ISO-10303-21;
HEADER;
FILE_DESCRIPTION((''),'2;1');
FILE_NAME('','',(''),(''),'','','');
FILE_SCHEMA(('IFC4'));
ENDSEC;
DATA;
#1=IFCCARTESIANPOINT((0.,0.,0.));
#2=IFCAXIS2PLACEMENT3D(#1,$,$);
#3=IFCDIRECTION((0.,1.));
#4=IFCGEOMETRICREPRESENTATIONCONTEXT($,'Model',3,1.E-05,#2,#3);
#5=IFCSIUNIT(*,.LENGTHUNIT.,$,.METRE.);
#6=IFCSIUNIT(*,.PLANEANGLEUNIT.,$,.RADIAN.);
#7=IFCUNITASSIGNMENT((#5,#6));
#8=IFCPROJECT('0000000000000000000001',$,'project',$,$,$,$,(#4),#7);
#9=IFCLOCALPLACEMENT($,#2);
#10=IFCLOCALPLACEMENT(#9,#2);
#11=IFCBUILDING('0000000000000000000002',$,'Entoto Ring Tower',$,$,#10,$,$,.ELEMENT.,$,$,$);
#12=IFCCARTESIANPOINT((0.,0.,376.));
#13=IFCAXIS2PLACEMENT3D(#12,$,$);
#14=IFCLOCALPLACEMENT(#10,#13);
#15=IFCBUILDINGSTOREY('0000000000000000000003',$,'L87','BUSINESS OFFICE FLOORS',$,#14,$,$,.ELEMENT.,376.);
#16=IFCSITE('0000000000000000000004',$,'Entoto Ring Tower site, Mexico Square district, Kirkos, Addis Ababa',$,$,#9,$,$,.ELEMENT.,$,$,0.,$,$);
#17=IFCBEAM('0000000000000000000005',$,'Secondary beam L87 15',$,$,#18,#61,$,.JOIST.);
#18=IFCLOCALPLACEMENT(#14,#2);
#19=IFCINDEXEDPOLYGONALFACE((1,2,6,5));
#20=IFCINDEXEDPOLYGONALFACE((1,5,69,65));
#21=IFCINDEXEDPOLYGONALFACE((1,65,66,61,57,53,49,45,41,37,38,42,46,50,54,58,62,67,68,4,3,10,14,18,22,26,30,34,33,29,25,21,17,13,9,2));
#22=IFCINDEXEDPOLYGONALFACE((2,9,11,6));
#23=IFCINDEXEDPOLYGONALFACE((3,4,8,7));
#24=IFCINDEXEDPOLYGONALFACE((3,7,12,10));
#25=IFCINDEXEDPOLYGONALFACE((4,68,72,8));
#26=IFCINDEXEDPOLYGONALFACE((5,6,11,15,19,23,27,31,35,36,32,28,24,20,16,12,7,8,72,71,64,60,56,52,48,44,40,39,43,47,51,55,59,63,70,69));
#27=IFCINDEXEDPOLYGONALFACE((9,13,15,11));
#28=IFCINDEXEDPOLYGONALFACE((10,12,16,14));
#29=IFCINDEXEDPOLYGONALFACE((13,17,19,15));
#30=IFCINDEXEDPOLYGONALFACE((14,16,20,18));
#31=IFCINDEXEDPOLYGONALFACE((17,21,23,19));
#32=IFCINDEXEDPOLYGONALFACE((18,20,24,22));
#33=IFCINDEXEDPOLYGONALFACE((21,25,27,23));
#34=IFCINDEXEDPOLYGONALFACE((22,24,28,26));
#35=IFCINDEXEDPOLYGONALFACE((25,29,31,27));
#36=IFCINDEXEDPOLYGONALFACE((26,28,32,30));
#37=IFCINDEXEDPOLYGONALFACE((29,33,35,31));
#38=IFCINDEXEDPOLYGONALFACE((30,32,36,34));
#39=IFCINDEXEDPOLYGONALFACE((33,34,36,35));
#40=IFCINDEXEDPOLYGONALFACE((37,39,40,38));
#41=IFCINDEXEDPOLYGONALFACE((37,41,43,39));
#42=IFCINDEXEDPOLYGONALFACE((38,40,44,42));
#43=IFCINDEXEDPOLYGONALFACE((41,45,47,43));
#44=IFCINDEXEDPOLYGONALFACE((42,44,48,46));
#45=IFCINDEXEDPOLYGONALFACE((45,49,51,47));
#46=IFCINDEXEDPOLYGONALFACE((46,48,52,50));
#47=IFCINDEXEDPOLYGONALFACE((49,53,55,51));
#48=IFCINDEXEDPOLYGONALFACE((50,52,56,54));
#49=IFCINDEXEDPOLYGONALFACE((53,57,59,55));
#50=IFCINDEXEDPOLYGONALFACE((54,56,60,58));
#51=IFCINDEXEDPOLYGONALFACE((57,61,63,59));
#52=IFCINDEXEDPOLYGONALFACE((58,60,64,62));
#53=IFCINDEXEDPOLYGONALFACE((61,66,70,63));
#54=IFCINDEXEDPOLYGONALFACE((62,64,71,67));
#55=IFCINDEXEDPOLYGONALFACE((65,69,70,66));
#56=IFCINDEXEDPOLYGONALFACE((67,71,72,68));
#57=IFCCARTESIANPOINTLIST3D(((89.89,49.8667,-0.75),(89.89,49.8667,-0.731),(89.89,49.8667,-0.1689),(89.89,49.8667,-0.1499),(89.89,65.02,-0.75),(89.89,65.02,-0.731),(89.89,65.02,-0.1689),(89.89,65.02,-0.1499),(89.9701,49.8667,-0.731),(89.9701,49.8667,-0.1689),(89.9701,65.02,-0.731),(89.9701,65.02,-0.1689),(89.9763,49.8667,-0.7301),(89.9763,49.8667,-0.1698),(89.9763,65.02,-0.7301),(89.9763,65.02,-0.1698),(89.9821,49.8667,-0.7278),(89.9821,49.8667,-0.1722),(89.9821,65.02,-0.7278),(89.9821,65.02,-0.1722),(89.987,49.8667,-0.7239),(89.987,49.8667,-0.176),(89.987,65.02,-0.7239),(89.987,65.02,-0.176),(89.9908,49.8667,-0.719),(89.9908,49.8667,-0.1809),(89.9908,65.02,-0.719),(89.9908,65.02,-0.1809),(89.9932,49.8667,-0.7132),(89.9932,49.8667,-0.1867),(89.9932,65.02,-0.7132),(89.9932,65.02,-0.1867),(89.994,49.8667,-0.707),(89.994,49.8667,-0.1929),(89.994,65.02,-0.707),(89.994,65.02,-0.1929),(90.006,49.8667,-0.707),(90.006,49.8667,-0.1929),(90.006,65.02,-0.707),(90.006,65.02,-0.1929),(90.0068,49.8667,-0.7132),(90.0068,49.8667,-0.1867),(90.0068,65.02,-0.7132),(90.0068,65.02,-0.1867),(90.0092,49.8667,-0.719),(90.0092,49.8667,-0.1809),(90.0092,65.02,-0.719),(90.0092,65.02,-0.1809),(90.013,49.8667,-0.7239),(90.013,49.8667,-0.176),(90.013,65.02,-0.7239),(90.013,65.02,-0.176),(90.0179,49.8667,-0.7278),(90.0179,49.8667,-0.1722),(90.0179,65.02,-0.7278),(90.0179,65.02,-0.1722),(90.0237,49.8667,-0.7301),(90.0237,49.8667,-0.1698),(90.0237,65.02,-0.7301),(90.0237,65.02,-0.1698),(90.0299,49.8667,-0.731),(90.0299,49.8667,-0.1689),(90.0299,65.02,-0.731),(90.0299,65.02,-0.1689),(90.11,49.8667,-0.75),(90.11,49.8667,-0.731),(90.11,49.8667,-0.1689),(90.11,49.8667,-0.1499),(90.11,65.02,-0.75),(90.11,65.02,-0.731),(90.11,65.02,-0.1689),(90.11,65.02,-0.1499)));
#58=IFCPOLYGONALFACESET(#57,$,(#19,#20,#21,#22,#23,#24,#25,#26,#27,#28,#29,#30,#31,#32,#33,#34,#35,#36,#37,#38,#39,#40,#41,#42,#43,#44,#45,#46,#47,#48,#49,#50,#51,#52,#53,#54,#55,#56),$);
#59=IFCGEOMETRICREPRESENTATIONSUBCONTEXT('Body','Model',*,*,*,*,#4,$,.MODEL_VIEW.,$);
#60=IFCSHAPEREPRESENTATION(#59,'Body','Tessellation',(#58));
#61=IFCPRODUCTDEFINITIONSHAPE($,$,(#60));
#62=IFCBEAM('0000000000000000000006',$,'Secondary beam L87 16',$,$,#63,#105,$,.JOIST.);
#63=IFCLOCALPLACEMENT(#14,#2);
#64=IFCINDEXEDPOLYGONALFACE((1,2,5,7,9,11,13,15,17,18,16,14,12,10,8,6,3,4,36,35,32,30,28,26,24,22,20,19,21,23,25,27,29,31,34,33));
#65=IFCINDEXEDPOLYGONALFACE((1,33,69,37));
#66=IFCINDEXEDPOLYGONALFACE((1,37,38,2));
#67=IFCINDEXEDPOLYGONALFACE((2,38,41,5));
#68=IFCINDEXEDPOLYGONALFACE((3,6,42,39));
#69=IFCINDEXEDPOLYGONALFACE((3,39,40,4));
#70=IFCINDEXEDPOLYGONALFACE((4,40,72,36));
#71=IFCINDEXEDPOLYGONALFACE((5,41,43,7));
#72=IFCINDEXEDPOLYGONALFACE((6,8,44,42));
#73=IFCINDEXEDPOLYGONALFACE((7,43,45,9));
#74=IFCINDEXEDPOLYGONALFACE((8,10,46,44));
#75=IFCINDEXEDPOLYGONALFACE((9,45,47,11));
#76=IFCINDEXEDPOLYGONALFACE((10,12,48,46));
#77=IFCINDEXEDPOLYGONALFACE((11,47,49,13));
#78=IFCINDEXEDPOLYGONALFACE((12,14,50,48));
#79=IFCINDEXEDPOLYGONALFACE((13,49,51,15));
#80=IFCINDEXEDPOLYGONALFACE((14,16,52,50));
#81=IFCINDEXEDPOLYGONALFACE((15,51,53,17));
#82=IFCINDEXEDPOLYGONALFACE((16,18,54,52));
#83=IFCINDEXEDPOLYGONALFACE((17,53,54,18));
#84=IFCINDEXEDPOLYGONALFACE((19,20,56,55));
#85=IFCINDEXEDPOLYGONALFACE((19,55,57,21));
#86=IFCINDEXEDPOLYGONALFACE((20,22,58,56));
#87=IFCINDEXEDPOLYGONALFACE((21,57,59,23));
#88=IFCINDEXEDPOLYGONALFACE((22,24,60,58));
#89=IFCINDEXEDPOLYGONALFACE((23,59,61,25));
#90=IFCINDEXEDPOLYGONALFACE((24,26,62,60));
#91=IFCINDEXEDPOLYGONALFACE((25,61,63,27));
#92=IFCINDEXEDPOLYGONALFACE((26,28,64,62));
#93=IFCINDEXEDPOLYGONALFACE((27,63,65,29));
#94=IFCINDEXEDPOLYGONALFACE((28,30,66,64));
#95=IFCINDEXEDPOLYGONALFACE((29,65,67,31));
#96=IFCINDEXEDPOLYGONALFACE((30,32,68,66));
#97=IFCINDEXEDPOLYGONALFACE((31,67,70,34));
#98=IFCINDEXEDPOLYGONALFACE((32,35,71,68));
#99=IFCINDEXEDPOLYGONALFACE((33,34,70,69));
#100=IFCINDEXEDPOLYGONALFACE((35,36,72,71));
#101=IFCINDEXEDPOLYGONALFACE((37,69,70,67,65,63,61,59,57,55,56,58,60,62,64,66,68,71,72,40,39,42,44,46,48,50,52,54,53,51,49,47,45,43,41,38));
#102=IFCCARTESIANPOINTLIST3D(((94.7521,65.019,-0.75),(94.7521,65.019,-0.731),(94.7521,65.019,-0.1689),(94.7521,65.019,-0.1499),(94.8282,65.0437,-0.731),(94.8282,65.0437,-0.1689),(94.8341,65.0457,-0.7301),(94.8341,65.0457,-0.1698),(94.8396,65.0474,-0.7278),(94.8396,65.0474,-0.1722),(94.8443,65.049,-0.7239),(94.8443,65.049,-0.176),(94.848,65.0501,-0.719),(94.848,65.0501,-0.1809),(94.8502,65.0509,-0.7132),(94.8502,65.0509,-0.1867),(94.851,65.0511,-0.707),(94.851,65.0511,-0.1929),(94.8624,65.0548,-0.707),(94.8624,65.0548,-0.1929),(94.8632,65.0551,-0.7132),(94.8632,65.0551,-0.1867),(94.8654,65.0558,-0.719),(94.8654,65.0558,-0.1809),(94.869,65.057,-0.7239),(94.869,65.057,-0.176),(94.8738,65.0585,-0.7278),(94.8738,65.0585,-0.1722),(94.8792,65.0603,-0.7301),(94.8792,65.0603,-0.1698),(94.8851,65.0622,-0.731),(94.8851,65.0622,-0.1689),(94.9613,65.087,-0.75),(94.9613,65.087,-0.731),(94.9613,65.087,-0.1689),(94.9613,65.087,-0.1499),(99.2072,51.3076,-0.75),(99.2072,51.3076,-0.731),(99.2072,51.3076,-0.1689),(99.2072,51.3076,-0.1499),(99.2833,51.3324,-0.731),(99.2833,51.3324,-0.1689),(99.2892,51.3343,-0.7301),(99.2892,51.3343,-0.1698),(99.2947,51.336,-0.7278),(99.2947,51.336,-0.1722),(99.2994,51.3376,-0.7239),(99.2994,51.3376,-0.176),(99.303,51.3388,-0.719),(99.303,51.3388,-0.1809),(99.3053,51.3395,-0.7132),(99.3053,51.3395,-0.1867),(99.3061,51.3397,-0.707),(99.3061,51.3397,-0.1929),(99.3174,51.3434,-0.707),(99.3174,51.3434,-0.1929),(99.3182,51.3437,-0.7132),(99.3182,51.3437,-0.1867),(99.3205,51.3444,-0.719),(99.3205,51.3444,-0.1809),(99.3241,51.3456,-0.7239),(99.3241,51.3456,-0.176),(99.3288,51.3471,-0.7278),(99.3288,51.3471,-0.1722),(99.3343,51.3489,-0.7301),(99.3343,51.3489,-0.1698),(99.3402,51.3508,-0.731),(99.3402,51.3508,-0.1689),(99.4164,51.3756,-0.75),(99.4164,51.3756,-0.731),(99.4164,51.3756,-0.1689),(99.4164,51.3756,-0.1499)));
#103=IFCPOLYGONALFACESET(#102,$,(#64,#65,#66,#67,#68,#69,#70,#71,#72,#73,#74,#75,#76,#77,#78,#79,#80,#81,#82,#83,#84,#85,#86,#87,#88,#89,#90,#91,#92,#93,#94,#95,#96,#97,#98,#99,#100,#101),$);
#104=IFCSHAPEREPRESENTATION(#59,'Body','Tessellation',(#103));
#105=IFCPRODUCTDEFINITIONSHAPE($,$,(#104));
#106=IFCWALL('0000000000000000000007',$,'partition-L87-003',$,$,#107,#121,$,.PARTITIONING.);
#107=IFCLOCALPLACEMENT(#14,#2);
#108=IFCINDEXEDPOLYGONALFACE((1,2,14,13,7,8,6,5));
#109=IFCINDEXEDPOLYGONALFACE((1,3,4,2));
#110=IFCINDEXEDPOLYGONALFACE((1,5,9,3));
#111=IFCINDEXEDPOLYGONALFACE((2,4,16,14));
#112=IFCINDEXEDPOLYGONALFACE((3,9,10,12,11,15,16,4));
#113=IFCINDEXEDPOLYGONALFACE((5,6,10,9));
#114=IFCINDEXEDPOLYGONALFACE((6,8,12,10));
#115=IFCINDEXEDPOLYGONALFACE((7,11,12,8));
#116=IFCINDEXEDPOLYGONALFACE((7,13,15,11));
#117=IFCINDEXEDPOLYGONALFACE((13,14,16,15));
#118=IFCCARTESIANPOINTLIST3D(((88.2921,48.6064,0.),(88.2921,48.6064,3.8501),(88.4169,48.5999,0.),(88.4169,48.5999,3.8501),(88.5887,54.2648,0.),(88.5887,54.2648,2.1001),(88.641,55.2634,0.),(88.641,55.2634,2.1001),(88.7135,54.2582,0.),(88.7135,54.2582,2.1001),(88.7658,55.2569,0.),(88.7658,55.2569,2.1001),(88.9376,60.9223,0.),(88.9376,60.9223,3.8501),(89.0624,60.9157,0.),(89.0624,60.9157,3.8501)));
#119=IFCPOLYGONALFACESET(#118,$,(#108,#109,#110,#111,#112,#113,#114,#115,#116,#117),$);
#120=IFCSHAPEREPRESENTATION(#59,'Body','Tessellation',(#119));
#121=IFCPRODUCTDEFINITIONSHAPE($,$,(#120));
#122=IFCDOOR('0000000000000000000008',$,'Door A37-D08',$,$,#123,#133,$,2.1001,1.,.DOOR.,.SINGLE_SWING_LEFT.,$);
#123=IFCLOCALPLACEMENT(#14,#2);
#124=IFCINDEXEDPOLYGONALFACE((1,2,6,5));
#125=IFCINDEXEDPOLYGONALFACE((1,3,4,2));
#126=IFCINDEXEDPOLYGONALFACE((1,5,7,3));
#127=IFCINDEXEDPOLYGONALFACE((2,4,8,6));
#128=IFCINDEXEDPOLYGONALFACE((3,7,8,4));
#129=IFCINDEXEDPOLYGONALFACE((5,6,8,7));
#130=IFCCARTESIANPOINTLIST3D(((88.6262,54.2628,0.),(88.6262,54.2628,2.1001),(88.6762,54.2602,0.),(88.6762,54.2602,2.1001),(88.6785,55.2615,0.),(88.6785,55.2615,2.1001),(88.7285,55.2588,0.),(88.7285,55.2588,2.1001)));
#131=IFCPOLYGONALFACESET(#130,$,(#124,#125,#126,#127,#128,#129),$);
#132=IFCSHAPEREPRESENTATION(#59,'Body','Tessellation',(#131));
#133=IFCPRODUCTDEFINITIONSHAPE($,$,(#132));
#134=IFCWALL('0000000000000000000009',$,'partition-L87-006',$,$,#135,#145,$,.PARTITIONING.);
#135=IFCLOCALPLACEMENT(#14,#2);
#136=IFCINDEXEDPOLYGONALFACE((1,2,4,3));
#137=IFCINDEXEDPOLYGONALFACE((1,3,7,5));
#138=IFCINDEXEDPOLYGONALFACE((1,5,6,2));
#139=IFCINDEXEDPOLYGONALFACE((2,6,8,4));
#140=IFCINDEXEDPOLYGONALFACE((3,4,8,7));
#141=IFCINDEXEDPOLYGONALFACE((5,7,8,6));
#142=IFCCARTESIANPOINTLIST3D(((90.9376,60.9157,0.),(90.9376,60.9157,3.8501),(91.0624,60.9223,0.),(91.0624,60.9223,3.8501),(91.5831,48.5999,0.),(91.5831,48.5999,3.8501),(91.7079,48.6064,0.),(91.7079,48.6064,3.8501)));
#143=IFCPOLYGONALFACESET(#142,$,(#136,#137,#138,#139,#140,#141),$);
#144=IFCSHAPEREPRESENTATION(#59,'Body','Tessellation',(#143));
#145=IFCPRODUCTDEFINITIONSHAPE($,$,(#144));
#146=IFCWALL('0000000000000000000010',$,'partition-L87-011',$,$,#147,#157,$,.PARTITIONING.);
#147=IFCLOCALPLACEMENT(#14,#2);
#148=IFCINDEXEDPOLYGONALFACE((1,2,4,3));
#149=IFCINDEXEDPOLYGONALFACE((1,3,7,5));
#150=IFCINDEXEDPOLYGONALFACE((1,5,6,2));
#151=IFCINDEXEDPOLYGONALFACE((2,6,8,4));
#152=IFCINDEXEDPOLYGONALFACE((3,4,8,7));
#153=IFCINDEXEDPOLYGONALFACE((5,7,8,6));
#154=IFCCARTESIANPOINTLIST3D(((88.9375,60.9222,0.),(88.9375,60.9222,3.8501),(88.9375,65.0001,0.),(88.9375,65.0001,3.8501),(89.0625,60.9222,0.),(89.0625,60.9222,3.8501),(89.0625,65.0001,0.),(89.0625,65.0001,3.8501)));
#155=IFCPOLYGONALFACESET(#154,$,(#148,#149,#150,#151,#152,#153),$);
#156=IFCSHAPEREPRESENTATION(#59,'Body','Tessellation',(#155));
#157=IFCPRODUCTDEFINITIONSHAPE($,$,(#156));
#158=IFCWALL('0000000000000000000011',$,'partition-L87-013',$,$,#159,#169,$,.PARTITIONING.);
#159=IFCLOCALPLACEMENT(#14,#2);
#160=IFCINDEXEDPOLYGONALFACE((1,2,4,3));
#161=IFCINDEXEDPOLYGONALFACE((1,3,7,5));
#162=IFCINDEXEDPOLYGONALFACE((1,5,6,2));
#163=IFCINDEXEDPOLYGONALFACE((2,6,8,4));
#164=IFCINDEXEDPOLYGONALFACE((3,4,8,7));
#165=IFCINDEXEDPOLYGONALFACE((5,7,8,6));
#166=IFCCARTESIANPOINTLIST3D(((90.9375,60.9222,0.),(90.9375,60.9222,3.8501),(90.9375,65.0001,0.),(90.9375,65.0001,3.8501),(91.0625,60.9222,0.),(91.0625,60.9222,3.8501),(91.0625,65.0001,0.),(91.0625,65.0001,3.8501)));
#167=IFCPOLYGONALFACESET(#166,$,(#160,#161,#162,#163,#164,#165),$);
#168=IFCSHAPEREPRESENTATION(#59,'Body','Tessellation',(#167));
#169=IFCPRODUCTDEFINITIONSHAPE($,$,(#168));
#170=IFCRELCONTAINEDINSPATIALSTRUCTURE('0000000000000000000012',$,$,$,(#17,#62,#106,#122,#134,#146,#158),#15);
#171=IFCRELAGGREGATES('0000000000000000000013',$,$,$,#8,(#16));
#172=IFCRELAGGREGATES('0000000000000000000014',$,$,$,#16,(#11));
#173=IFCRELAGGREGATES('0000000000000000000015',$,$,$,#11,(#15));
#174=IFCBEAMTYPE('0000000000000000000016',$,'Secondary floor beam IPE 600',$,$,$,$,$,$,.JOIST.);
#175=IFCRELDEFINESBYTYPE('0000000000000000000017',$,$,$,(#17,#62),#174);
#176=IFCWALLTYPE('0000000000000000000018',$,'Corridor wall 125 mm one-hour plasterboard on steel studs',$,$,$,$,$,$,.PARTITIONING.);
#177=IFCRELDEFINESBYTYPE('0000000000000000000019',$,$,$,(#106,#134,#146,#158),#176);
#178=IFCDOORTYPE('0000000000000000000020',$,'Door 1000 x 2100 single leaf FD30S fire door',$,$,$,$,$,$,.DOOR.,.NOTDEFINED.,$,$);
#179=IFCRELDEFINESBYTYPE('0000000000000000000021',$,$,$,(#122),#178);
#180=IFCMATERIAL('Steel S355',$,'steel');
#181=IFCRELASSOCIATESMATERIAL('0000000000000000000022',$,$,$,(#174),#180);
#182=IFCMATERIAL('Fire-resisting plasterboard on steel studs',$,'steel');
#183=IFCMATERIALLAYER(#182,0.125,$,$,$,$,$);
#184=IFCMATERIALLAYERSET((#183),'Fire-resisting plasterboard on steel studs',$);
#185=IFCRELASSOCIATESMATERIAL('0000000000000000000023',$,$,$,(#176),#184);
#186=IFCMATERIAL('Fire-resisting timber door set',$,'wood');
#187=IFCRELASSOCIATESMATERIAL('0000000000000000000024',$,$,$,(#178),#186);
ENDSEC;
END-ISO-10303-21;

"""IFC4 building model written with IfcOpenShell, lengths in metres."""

from ifc_helpers import new_model, si_unit, direction, frame, frame_2d, origin, origin_2d, place, context, subcontext, project, spatial, rectangle, i_section, extrude, material, layer, layer_set, material_profile, profile_set, type_object, element, fill, save


model = new_model("IFC4")

# Units and contexts
model_context = context("Model", 3, precision=1e-05, world=origin(), true_north=direction((0.0, 1.0)))
body_context = subcontext(model_context, "Body", "Model", "MODEL_VIEW")
ifc_project = project(units=[si_unit("LENGTHUNIT", "METRE"), si_unit("PLANEANGLEUNIT", "RADIAN")], contexts=[model_context])

# Site, building, storey
site_placement = place(None, origin())
site = spatial("IfcSite", under=ifc_project, at=site_placement, Name="Entoto Ring Tower site, Mexico Square district, Kirkos, Addis Ababa", CompositionType="ELEMENT", RefElevation=0.0)
building_placement = place(site_placement, origin())
building = spatial("IfcBuilding", under=site, at=building_placement, Name="Entoto Ring Tower", CompositionType="ELEMENT")
storey_placement = place(building_placement, frame((0.0, 0.0, 376.0)))
storey = spatial("IfcBuildingStorey", under=building, at=storey_placement, Name="L87", Description="BUSINESS OFFICE FLOORS", CompositionType="ELEMENT", Elevation=376.0)

# Beams
ifc_material_1 = material(Name="Steel S355", Category="steel")
ifc_material_profile_1 = material_profile(ifc_material_1, i_section(OverallWidth=0.22, OverallDepth=0.6001, WebThickness=0.012, FlangeThickness=0.019, FilletRadius=0.0239, at=origin_2d()), Name="IPE 600")
ifc_profile_set_1 = profile_set([ifc_material_profile_1], Name="Steel S355")
beam_type_1 = type_object("IfcBeamType", Name="Secondary floor beam IPE 600", PredefinedType="JOIST", material=ifc_profile_set_1)
beam_1_placement = place(storey_placement, frame((90.0, 65.02, -0.45), z_axis=(0.0, -1.0, 0.0), x_axis=(1.0, 0.0, 0.0)))
element("IfcBeam", 1, at=beam_1_placement, inside=storey, type_object=beam_type_1, Name="Secondary beam L87 15", PredefinedType="JOIST", context=body_context, shape_type="SweptSolid", body=[
    extrude(i_section(OverallWidth=0.22, OverallDepth=0.6001, WebThickness=0.012, FlangeThickness=0.019, FilletRadius=0.0239, at=origin_2d()), origin(), (0.0, 0.0, 1.0), 15.1533),
])
beam_2_placement = place(storey_placement, frame((94.8567, 65.053, -0.45), z_axis=(0.309015, -0.951057, 0.0), x_axis=(0.951057, 0.309015, 0.0)))
element("IfcBeam", 2, at=beam_2_placement, inside=storey, type_object=beam_type_1, Name="Secondary beam L87 16", PredefinedType="JOIST", context=body_context, shape_type="SweptSolid", body=[
    extrude(i_section(OverallWidth=0.22, OverallDepth=0.6001, WebThickness=0.012, FlangeThickness=0.019, FilletRadius=0.0239, at=origin_2d()), origin(), (0.0, 0.0, 1.0), 14.417),
])

# Wall, opening, door
ifc_material_2 = material(Name="Fire-resisting plasterboard on steel studs", Category="steel")
ifc_layer = layer(ifc_material_2, 0.125)
ifc_layer_set = layer_set([ifc_layer], Name="Fire-resisting plasterboard on steel studs")
wall_type = type_object("IfcWallType", Name="Corridor wall 125 mm one-hour plasterboard on steel studs", PredefinedType="PARTITIONING", material=ifc_layer_set)
wall_1_placement = place(storey_placement, frame((88.3545, 48.603, 0.0), z_axis=(0.0, 0.0, 1.0), x_axis=(0.052341, 0.998629, 0.0)))
wall_1 = element("IfcWall", 3, at=wall_1_placement, inside=storey, type_object=wall_type, Name="partition-L87-003", PredefinedType="PARTITIONING", context=body_context, shape_type="SweptSolid", body=[
    extrude(rectangle(XDim=12.3328, YDim=0.125, at=frame_2d((6.1665, 0.0))), origin(), (0.0, 0.0, 1.0), 3.8501),
])
opening_placement = place(wall_1_placement, frame((5.6663, 0.0, 0.0)))
opening = element("IfcOpeningElement", 4, at=opening_placement, cuts=wall_1, PredefinedType="OPENING", context=body_context, shape_type="SweptSolid", body=[
    extrude(rectangle(XDim=1.0, YDim=2.1001, at=frame_2d((0.5, 1.05))), frame((0.0, 0.0725, 0.0), z_axis=(0.0, -1.0, 0.0), x_axis=(1.0, 0.0, 0.0)), (0.0, 0.0, 1.0), 0.145),
])
ifc_material_3 = material(Name="Fire-resisting timber door set", Category="wood")
door_type = type_object("IfcDoorType", Name="Door 1000 x 2100 single leaf FD30S fire door", OperationType="NOTDEFINED", PredefinedType="DOOR", material=ifc_material_3)
door_placement = place(opening_placement, origin())
door = element("IfcDoor", 5, at=door_placement, inside=storey, type_object=door_type, Name="Door A37-D08", OperationType="SINGLE_SWING_LEFT", OverallHeight=2.1001, OverallWidth=1.0, PredefinedType="DOOR", context=body_context, shape_type="SweptSolid", body=[
    extrude(rectangle(XDim=1.0, YDim=2.1001, at=frame_2d((0.5, 1.05))), frame((0.0, 0.0249, 0.0), z_axis=(0.0, -1.0, 0.0), x_axis=(1.0, 0.0, 0.0)), (0.0, 0.0, 1.0), 0.05),
])
fill(opening, door)

# Walls
wall_2_placement = place(storey_placement, frame((91.6455, 48.603, 0.0), z_axis=(0.0, 0.0, 1.0), x_axis=(-0.052341, 0.998629, 0.0)))
element("IfcWall", 6, at=wall_2_placement, inside=storey, type_object=wall_type, Name="partition-L87-006", PredefinedType="PARTITIONING", context=body_context, shape_type="SweptSolid", body=[
    extrude(rectangle(XDim=12.3328, YDim=0.125, at=frame_2d((6.1665, 0.0))), origin(), (0.0, 0.0, 1.0), 3.8501),
])
for number, where, z_axis, x_axis, name in (
    (7, (89.0, 60.9221, 0.0), (0.0, 0.0, 1.0), (0.0, 1.0, 0.0), "partition-L87-011"),
    (8, (91.0, 60.9221, 0.0), (0.0, 0.0, 1.0), (0.0, 1.0, 0.0), "partition-L87-013"),
):
    element("IfcWall", number, at=place(storey_placement, frame(where, z_axis=z_axis, x_axis=x_axis)), inside=storey, type_object=wall_type, Name=name, PredefinedType="PARTITIONING", context=body_context, shape_type="SweptSolid", body=[
        extrude(rectangle(XDim=4.0779, YDim=0.125, at=frame_2d((2.0391, 0.0))), origin(), (0.0, 0.0, 1.0), 3.8501),
    ])

save(model, "model.ifc")
